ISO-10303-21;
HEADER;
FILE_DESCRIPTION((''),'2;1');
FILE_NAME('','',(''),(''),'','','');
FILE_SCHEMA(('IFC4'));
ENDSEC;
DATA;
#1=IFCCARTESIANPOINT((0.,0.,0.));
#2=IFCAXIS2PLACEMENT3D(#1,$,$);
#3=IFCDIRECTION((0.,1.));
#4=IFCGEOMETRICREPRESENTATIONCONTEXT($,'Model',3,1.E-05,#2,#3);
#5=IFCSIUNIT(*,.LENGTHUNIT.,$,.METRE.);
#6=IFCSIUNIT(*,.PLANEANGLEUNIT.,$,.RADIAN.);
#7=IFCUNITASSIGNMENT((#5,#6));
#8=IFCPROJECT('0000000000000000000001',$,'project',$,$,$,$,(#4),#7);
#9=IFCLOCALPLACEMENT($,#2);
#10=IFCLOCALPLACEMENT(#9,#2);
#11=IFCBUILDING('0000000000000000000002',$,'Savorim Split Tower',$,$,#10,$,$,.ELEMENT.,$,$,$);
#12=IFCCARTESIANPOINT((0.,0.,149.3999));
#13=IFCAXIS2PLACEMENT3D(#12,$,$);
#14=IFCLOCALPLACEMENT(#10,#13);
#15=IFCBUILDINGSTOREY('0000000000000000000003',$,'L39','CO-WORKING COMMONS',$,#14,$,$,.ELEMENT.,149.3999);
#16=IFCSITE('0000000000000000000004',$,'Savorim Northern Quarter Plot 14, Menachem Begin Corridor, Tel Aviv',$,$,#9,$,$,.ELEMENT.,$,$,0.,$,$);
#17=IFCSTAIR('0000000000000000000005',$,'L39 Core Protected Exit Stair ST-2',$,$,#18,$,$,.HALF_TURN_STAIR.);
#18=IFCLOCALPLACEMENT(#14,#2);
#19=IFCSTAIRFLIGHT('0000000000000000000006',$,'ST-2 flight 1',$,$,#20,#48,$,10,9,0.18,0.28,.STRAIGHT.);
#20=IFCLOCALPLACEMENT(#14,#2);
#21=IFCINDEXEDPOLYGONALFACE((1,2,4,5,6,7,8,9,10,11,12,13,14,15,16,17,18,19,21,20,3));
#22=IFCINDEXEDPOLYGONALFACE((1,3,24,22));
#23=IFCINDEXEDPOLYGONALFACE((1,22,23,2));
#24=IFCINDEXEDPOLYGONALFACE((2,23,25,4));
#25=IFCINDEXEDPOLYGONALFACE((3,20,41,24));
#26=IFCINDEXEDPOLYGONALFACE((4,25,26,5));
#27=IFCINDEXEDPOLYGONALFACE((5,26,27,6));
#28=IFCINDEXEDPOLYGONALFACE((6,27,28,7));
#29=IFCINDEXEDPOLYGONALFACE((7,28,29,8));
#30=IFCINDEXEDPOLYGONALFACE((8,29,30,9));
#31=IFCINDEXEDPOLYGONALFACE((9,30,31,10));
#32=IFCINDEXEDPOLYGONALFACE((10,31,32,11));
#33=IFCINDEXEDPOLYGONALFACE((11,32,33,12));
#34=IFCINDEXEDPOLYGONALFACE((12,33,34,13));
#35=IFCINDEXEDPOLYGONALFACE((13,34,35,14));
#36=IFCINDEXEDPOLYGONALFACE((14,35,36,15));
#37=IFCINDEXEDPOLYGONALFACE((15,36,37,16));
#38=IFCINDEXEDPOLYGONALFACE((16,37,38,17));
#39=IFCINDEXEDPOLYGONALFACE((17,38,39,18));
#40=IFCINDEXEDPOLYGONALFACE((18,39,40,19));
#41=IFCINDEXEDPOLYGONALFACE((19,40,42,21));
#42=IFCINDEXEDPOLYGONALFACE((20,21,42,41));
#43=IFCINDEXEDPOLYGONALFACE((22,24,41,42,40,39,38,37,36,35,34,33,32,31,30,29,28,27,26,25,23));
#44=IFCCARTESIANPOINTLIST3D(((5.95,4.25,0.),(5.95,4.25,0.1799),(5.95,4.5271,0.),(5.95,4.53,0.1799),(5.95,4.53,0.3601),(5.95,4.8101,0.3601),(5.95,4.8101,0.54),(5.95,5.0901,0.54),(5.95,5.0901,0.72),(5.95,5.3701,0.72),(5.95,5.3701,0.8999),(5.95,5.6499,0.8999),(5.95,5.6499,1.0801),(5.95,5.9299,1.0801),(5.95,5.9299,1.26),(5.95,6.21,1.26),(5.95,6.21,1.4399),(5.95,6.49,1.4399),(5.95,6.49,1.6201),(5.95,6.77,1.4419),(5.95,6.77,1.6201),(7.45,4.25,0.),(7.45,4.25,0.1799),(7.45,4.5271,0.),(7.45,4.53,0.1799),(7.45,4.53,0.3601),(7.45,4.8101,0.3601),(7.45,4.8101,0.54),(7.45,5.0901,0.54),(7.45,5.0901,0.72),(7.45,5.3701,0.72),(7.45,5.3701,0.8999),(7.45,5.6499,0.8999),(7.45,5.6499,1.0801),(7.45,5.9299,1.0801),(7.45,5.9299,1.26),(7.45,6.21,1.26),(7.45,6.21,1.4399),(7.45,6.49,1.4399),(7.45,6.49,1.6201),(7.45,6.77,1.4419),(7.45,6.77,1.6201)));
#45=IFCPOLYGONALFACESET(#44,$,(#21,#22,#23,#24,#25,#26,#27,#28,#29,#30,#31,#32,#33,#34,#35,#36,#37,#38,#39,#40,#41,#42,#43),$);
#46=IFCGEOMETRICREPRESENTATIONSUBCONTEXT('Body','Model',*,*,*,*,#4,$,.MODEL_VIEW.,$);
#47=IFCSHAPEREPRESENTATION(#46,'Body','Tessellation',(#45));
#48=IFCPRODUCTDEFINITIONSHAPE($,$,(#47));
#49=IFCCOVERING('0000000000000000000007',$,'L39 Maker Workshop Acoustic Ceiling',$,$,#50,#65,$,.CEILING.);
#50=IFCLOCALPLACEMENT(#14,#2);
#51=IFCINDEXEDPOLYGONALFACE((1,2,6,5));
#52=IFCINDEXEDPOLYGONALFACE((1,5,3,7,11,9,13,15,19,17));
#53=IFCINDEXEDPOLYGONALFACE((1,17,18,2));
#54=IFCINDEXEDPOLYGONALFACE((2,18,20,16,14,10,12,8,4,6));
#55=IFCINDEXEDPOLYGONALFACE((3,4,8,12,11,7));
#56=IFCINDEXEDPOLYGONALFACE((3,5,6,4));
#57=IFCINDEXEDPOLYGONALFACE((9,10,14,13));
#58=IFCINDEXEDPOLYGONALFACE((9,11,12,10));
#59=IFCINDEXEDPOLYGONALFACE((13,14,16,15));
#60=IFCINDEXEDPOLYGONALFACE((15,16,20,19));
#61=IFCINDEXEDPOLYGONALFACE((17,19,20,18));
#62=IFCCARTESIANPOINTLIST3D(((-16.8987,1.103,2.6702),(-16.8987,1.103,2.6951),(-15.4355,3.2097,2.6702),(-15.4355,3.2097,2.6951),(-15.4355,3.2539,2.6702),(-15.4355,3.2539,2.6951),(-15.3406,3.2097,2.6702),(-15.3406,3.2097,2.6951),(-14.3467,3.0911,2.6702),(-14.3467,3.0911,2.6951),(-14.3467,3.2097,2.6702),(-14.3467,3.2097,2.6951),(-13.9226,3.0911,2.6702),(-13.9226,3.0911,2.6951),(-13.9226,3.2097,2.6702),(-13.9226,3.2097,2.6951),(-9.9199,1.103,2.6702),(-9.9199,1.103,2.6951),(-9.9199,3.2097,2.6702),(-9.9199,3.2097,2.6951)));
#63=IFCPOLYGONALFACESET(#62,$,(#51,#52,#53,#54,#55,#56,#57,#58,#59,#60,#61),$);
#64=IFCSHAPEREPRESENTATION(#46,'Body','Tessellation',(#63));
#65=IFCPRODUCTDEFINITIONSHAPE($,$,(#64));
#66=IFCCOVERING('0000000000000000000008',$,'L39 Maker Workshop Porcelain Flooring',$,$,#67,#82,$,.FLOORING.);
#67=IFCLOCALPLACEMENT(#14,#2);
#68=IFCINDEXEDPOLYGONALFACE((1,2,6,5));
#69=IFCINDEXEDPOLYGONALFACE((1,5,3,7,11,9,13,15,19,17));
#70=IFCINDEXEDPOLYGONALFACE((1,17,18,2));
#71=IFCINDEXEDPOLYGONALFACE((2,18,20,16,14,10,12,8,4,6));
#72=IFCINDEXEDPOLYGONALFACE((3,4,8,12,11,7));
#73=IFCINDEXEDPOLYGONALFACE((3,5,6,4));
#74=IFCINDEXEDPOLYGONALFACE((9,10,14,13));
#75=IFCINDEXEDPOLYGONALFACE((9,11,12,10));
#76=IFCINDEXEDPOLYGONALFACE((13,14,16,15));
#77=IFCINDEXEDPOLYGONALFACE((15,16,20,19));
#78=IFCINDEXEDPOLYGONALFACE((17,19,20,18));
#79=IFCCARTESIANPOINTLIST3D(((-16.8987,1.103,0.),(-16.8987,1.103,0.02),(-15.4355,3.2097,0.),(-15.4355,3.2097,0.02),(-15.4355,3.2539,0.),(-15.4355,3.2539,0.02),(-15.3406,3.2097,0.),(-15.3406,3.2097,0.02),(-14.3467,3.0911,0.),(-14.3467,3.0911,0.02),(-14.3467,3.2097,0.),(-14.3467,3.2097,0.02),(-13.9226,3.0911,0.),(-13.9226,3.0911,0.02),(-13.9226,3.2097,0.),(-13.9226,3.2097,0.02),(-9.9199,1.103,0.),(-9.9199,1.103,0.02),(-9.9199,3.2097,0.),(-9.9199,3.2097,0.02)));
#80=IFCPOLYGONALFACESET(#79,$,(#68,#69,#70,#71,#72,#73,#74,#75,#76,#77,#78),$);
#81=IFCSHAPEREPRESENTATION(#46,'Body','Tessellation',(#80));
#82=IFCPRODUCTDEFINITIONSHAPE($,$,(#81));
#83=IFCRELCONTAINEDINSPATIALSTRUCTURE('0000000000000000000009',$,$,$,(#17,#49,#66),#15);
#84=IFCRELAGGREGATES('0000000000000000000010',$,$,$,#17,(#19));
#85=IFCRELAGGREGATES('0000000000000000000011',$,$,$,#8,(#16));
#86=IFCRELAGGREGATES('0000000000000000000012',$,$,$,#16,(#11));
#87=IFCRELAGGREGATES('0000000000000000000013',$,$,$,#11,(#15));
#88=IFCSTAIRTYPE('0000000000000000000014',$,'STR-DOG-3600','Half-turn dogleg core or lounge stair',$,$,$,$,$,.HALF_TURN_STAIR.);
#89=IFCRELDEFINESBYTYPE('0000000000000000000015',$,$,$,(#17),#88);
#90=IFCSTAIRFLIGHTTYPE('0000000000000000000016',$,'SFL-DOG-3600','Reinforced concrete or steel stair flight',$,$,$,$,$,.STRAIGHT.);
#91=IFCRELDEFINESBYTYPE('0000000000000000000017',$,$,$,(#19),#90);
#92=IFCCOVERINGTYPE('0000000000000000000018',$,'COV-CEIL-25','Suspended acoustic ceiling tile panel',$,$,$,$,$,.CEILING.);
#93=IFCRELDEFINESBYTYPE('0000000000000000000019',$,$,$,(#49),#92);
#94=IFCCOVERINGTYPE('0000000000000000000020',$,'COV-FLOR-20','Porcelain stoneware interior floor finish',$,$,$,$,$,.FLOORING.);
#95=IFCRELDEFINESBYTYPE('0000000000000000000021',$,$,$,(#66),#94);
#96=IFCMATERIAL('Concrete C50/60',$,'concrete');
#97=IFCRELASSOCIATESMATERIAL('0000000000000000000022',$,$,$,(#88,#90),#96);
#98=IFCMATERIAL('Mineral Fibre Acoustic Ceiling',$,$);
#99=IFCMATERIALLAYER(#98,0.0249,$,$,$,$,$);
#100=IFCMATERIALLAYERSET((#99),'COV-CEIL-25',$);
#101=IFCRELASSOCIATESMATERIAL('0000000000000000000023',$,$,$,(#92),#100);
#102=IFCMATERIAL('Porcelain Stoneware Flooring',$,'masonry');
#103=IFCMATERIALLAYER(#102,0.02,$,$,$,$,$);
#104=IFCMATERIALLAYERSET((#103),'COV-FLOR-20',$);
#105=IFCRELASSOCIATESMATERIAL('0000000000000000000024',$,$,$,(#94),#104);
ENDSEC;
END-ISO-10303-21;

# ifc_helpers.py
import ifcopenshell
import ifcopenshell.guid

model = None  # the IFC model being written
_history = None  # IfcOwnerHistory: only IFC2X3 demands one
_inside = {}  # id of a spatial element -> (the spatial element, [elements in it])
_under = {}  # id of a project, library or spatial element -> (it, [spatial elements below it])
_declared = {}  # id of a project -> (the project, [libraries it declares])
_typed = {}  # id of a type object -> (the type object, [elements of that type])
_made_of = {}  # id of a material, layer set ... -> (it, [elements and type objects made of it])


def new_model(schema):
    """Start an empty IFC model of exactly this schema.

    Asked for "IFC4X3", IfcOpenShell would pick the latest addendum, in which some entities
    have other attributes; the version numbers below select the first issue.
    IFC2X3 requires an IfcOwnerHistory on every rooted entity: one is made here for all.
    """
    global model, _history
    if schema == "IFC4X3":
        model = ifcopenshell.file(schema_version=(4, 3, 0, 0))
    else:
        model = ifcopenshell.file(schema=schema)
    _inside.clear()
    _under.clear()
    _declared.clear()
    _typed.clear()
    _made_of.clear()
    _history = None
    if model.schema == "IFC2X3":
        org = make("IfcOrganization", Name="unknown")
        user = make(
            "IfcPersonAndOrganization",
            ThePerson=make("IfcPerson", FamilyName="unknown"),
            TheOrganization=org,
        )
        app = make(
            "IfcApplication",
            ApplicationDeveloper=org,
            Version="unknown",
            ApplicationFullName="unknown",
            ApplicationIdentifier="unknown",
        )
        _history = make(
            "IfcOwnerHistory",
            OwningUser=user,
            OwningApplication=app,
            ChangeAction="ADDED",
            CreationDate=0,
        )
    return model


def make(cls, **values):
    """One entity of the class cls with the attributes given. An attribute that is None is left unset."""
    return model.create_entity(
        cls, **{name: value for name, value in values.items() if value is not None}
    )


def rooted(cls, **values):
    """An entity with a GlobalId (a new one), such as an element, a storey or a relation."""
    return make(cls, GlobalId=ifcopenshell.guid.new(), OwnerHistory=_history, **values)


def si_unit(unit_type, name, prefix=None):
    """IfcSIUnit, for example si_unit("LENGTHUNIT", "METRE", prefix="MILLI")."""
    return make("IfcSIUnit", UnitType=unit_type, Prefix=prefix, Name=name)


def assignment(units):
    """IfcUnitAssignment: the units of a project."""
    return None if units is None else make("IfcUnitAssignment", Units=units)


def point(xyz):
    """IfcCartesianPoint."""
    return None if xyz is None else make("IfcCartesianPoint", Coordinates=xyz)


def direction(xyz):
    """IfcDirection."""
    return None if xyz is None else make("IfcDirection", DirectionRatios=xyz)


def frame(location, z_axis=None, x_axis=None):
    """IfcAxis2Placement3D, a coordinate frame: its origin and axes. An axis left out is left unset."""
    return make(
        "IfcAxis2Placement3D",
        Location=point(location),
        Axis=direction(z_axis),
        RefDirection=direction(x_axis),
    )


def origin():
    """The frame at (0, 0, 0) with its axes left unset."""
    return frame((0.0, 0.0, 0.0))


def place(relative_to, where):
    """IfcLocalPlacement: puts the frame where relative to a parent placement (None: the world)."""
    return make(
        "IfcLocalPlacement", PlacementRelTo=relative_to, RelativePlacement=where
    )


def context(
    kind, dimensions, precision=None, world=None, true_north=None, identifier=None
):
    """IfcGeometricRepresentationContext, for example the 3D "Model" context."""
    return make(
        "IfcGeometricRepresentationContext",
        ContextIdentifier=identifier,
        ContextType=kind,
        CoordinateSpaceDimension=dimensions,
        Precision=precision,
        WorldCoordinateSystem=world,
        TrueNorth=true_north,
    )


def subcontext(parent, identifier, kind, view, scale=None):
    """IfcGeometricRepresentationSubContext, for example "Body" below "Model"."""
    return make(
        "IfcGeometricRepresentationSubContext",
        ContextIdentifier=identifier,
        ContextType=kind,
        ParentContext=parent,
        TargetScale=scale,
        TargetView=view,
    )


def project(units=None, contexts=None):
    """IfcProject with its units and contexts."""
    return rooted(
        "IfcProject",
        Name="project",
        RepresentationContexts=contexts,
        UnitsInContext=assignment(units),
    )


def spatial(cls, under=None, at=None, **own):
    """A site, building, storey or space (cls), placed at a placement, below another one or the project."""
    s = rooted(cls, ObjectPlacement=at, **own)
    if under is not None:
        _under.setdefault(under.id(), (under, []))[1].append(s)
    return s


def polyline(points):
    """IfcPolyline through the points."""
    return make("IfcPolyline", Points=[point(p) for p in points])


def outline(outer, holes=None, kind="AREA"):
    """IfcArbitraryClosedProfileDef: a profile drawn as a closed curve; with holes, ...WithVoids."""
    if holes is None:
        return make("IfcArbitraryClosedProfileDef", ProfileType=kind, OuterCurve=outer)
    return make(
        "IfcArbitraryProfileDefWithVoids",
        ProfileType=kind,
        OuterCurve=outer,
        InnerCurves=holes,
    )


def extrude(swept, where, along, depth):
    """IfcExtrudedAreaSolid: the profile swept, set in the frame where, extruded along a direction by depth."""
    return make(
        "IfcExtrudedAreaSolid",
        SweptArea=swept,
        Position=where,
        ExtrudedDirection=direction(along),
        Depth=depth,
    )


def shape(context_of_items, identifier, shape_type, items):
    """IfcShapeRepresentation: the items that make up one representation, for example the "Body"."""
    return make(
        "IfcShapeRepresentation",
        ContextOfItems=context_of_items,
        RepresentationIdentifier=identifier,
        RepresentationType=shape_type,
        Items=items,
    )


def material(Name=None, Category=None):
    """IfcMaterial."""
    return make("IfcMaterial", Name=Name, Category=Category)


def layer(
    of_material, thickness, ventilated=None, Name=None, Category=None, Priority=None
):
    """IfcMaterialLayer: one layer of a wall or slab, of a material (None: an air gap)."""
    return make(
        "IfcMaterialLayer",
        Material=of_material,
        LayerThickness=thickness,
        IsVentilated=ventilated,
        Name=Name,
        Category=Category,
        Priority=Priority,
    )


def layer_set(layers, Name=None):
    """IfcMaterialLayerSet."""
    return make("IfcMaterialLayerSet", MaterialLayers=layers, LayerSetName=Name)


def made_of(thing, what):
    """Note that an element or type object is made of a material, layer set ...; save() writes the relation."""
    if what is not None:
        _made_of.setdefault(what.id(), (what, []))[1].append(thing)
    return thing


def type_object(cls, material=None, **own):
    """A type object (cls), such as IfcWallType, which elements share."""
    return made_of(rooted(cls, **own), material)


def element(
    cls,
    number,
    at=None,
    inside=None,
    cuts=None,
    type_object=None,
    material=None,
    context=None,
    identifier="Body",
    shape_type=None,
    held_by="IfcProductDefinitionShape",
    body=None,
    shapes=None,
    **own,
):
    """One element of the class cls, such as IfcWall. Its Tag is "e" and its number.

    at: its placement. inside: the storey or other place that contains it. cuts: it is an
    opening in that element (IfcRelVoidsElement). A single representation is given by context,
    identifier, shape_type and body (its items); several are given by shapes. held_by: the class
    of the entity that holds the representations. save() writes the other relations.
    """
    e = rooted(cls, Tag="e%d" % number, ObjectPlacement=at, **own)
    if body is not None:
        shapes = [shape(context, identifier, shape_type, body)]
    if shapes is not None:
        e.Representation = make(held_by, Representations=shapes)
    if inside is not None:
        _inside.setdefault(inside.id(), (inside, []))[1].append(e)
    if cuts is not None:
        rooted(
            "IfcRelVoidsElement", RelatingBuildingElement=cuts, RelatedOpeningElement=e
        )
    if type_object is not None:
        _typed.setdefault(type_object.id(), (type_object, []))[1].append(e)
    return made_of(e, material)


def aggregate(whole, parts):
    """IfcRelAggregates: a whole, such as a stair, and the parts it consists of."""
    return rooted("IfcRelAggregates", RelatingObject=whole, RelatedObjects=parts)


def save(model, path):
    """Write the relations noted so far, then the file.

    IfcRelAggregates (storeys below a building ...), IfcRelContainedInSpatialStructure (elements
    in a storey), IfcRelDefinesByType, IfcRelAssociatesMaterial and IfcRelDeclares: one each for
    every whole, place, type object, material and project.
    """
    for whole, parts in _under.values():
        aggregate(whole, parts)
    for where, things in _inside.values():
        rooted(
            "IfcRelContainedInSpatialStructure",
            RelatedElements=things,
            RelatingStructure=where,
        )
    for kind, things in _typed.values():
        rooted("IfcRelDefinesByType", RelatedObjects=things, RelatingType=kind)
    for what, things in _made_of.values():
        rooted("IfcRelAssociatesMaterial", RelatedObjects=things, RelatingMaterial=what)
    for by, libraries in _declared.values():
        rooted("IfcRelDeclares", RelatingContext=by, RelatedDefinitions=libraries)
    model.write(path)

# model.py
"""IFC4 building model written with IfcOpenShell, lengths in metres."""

from ifc_helpers import new_model, si_unit, direction, frame, origin, place, context, subcontext, project, spatial, polyline, outline, extrude, material, layer, layer_set, type_object, element, aggregate, save


model = new_model("IFC4")

# Units and contexts
model_context = context("Model", 3, precision=1e-05, world=origin(), true_north=direction((0.0, 1.0)))
body_context = subcontext(model_context, "Body", "Model", "MODEL_VIEW")
ifc_project = project(units=[si_unit("LENGTHUNIT", "METRE"), si_unit("PLANEANGLEUNIT", "RADIAN")], contexts=[model_context])

# Site, building, storey
site_placement = place(None, origin())
site = spatial("IfcSite", under=ifc_project, at=site_placement, Name="Savorim Northern Quarter Plot 14, Menachem Begin Corridor, Tel Aviv", CompositionType="ELEMENT", RefElevation=0.0)
building_placement = place(site_placement, origin())
building = spatial("IfcBuilding", under=site, at=building_placement, Name="Savorim Split Tower", CompositionType="ELEMENT")
storey_placement = place(building_placement, frame((0.0, 0.0, 149.3999)))
storey = spatial("IfcBuildingStorey", under=building, at=storey_placement, Name="L39", Description="CO-WORKING COMMONS", CompositionType="ELEMENT", Elevation=149.3999)

# Shared definitions
ifc_material_1 = material(Name="Concrete C50/60", Category="concrete")

# Stair, stair flight
stair_type = type_object("IfcStairType", Name="STR-DOG-3600", Description="Half-turn dogleg core or lounge stair", PredefinedType="HALF_TURN_STAIR", material=ifc_material_1)
stair_placement = place(storey_placement, origin())
stair = element("IfcStair", 1, at=stair_placement, inside=storey, type_object=stair_type, Name="L39 Core Protected Exit Stair ST-2", PredefinedType="HALF_TURN_STAIR")
stair_flight_type = type_object("IfcStairFlightType", Name="SFL-DOG-3600", Description="Reinforced concrete or steel stair flight", PredefinedType="STRAIGHT", material=ifc_material_1)
stair_flight_placement = place(storey_placement, frame((6.7, 4.25, 0.0), z_axis=(0.0, 0.0, 1.0), x_axis=(0.0, 1.0, 0.0)))
stair_flight = element("IfcStairFlight", 2, at=stair_flight_placement, type_object=stair_flight_type, Name="ST-2 flight 1", NumberOfRisers=10, NumberOfTreads=9, PredefinedType="STRAIGHT", RiserHeight=0.18, TreadLength=0.28, context=body_context, shape_type="SweptSolid", body=[
    extrude(outline(polyline([(0.0, 0.0), (0.0, 0.1799), (0.28, 0.1799), (0.28, 0.3601), (0.5601, 0.3601), (0.5601, 0.54), (0.8401, 0.54), (0.8401, 0.72), (1.1201, 0.72), (1.1201, 0.8999), (1.3999, 0.8999), (1.3999, 1.0801), (1.6799, 1.0801), (1.6799, 1.26), (1.96, 1.26), (1.96, 1.4399), (2.24, 1.4399), (2.24, 1.6201), (2.52, 1.6201), (2.52, 1.8), (2.52, 1.4419), (0.2771, 0.0), (0.0, 0.0)])), frame((0.0, 0.75, 0.0), z_axis=(0.0, -1.0, 0.0), x_axis=(1.0, 0.0, 0.0)), (0.0, 0.0, 1.0), 1.5),
])
aggregate(stair, [stair_flight])

# Coverings
ifc_material_2 = material(Name="Mineral Fibre Acoustic Ceiling")
ifc_layer_1 = layer(ifc_material_2, 0.0249)
ifc_layer_set_1 = layer_set([ifc_layer_1], Name="COV-CEIL-25")
covering_type_1 = type_object("IfcCoveringType", Name="COV-CEIL-25", Description="Suspended acoustic ceiling tile panel", PredefinedType="CEILING", material=ifc_layer_set_1)
covering_1_placement = place(storey_placement, frame((0.0, 0.0, 2.6702)))
element("IfcCovering", 3, at=covering_1_placement, inside=storey, type_object=covering_type_1, Name="L39 Maker Workshop Acoustic Ceiling", PredefinedType="CEILING", context=body_context, shape_type="SweptSolid", body=[
    extrude(outline(polyline([(-14.3467, 3.2097), (-15.3406, 3.2097), (-15.4355, 3.2097), (-15.4355, 3.2539), (-16.8987, 1.103), (-9.9199, 1.103), (-9.9199, 3.2097), (-13.9226, 3.2097), (-13.9226, 3.0911), (-14.3467, 3.0911), (-14.3467, 3.2097)])), origin(), (0.0, 0.0, 1.0), 0.0249),
])
ifc_material_3 = material(Name="Porcelain Stoneware Flooring", Category="masonry")
ifc_layer_2 = layer(ifc_material_3, 0.02)
ifc_layer_set_2 = layer_set([ifc_layer_2], Name="COV-FLOR-20")
covering_type_2 = type_object("IfcCoveringType", Name="COV-FLOR-20", Description="Porcelain stoneware interior floor finish", PredefinedType="FLOORING", material=ifc_layer_set_2)
covering_2_placement = place(storey_placement, origin())
element("IfcCovering", 4, at=covering_2_placement, inside=storey, type_object=covering_type_2, Name="L39 Maker Workshop Porcelain Flooring", PredefinedType="FLOORING", context=body_context, shape_type="SweptSolid", body=[
    extrude(outline(polyline([(-14.3467, 3.2097), (-15.3406, 3.2097), (-15.4355, 3.2097), (-15.4355, 3.2539), (-16.8987, 1.103), (-9.9199, 1.103), (-9.9199, 3.2097), (-13.9226, 3.2097), (-13.9226, 3.0911), (-14.3467, 3.0911), (-14.3467, 3.2097)])), origin(), (0.0, 0.0, 1.0), 0.02),
])

save(model, "model.ifc")
